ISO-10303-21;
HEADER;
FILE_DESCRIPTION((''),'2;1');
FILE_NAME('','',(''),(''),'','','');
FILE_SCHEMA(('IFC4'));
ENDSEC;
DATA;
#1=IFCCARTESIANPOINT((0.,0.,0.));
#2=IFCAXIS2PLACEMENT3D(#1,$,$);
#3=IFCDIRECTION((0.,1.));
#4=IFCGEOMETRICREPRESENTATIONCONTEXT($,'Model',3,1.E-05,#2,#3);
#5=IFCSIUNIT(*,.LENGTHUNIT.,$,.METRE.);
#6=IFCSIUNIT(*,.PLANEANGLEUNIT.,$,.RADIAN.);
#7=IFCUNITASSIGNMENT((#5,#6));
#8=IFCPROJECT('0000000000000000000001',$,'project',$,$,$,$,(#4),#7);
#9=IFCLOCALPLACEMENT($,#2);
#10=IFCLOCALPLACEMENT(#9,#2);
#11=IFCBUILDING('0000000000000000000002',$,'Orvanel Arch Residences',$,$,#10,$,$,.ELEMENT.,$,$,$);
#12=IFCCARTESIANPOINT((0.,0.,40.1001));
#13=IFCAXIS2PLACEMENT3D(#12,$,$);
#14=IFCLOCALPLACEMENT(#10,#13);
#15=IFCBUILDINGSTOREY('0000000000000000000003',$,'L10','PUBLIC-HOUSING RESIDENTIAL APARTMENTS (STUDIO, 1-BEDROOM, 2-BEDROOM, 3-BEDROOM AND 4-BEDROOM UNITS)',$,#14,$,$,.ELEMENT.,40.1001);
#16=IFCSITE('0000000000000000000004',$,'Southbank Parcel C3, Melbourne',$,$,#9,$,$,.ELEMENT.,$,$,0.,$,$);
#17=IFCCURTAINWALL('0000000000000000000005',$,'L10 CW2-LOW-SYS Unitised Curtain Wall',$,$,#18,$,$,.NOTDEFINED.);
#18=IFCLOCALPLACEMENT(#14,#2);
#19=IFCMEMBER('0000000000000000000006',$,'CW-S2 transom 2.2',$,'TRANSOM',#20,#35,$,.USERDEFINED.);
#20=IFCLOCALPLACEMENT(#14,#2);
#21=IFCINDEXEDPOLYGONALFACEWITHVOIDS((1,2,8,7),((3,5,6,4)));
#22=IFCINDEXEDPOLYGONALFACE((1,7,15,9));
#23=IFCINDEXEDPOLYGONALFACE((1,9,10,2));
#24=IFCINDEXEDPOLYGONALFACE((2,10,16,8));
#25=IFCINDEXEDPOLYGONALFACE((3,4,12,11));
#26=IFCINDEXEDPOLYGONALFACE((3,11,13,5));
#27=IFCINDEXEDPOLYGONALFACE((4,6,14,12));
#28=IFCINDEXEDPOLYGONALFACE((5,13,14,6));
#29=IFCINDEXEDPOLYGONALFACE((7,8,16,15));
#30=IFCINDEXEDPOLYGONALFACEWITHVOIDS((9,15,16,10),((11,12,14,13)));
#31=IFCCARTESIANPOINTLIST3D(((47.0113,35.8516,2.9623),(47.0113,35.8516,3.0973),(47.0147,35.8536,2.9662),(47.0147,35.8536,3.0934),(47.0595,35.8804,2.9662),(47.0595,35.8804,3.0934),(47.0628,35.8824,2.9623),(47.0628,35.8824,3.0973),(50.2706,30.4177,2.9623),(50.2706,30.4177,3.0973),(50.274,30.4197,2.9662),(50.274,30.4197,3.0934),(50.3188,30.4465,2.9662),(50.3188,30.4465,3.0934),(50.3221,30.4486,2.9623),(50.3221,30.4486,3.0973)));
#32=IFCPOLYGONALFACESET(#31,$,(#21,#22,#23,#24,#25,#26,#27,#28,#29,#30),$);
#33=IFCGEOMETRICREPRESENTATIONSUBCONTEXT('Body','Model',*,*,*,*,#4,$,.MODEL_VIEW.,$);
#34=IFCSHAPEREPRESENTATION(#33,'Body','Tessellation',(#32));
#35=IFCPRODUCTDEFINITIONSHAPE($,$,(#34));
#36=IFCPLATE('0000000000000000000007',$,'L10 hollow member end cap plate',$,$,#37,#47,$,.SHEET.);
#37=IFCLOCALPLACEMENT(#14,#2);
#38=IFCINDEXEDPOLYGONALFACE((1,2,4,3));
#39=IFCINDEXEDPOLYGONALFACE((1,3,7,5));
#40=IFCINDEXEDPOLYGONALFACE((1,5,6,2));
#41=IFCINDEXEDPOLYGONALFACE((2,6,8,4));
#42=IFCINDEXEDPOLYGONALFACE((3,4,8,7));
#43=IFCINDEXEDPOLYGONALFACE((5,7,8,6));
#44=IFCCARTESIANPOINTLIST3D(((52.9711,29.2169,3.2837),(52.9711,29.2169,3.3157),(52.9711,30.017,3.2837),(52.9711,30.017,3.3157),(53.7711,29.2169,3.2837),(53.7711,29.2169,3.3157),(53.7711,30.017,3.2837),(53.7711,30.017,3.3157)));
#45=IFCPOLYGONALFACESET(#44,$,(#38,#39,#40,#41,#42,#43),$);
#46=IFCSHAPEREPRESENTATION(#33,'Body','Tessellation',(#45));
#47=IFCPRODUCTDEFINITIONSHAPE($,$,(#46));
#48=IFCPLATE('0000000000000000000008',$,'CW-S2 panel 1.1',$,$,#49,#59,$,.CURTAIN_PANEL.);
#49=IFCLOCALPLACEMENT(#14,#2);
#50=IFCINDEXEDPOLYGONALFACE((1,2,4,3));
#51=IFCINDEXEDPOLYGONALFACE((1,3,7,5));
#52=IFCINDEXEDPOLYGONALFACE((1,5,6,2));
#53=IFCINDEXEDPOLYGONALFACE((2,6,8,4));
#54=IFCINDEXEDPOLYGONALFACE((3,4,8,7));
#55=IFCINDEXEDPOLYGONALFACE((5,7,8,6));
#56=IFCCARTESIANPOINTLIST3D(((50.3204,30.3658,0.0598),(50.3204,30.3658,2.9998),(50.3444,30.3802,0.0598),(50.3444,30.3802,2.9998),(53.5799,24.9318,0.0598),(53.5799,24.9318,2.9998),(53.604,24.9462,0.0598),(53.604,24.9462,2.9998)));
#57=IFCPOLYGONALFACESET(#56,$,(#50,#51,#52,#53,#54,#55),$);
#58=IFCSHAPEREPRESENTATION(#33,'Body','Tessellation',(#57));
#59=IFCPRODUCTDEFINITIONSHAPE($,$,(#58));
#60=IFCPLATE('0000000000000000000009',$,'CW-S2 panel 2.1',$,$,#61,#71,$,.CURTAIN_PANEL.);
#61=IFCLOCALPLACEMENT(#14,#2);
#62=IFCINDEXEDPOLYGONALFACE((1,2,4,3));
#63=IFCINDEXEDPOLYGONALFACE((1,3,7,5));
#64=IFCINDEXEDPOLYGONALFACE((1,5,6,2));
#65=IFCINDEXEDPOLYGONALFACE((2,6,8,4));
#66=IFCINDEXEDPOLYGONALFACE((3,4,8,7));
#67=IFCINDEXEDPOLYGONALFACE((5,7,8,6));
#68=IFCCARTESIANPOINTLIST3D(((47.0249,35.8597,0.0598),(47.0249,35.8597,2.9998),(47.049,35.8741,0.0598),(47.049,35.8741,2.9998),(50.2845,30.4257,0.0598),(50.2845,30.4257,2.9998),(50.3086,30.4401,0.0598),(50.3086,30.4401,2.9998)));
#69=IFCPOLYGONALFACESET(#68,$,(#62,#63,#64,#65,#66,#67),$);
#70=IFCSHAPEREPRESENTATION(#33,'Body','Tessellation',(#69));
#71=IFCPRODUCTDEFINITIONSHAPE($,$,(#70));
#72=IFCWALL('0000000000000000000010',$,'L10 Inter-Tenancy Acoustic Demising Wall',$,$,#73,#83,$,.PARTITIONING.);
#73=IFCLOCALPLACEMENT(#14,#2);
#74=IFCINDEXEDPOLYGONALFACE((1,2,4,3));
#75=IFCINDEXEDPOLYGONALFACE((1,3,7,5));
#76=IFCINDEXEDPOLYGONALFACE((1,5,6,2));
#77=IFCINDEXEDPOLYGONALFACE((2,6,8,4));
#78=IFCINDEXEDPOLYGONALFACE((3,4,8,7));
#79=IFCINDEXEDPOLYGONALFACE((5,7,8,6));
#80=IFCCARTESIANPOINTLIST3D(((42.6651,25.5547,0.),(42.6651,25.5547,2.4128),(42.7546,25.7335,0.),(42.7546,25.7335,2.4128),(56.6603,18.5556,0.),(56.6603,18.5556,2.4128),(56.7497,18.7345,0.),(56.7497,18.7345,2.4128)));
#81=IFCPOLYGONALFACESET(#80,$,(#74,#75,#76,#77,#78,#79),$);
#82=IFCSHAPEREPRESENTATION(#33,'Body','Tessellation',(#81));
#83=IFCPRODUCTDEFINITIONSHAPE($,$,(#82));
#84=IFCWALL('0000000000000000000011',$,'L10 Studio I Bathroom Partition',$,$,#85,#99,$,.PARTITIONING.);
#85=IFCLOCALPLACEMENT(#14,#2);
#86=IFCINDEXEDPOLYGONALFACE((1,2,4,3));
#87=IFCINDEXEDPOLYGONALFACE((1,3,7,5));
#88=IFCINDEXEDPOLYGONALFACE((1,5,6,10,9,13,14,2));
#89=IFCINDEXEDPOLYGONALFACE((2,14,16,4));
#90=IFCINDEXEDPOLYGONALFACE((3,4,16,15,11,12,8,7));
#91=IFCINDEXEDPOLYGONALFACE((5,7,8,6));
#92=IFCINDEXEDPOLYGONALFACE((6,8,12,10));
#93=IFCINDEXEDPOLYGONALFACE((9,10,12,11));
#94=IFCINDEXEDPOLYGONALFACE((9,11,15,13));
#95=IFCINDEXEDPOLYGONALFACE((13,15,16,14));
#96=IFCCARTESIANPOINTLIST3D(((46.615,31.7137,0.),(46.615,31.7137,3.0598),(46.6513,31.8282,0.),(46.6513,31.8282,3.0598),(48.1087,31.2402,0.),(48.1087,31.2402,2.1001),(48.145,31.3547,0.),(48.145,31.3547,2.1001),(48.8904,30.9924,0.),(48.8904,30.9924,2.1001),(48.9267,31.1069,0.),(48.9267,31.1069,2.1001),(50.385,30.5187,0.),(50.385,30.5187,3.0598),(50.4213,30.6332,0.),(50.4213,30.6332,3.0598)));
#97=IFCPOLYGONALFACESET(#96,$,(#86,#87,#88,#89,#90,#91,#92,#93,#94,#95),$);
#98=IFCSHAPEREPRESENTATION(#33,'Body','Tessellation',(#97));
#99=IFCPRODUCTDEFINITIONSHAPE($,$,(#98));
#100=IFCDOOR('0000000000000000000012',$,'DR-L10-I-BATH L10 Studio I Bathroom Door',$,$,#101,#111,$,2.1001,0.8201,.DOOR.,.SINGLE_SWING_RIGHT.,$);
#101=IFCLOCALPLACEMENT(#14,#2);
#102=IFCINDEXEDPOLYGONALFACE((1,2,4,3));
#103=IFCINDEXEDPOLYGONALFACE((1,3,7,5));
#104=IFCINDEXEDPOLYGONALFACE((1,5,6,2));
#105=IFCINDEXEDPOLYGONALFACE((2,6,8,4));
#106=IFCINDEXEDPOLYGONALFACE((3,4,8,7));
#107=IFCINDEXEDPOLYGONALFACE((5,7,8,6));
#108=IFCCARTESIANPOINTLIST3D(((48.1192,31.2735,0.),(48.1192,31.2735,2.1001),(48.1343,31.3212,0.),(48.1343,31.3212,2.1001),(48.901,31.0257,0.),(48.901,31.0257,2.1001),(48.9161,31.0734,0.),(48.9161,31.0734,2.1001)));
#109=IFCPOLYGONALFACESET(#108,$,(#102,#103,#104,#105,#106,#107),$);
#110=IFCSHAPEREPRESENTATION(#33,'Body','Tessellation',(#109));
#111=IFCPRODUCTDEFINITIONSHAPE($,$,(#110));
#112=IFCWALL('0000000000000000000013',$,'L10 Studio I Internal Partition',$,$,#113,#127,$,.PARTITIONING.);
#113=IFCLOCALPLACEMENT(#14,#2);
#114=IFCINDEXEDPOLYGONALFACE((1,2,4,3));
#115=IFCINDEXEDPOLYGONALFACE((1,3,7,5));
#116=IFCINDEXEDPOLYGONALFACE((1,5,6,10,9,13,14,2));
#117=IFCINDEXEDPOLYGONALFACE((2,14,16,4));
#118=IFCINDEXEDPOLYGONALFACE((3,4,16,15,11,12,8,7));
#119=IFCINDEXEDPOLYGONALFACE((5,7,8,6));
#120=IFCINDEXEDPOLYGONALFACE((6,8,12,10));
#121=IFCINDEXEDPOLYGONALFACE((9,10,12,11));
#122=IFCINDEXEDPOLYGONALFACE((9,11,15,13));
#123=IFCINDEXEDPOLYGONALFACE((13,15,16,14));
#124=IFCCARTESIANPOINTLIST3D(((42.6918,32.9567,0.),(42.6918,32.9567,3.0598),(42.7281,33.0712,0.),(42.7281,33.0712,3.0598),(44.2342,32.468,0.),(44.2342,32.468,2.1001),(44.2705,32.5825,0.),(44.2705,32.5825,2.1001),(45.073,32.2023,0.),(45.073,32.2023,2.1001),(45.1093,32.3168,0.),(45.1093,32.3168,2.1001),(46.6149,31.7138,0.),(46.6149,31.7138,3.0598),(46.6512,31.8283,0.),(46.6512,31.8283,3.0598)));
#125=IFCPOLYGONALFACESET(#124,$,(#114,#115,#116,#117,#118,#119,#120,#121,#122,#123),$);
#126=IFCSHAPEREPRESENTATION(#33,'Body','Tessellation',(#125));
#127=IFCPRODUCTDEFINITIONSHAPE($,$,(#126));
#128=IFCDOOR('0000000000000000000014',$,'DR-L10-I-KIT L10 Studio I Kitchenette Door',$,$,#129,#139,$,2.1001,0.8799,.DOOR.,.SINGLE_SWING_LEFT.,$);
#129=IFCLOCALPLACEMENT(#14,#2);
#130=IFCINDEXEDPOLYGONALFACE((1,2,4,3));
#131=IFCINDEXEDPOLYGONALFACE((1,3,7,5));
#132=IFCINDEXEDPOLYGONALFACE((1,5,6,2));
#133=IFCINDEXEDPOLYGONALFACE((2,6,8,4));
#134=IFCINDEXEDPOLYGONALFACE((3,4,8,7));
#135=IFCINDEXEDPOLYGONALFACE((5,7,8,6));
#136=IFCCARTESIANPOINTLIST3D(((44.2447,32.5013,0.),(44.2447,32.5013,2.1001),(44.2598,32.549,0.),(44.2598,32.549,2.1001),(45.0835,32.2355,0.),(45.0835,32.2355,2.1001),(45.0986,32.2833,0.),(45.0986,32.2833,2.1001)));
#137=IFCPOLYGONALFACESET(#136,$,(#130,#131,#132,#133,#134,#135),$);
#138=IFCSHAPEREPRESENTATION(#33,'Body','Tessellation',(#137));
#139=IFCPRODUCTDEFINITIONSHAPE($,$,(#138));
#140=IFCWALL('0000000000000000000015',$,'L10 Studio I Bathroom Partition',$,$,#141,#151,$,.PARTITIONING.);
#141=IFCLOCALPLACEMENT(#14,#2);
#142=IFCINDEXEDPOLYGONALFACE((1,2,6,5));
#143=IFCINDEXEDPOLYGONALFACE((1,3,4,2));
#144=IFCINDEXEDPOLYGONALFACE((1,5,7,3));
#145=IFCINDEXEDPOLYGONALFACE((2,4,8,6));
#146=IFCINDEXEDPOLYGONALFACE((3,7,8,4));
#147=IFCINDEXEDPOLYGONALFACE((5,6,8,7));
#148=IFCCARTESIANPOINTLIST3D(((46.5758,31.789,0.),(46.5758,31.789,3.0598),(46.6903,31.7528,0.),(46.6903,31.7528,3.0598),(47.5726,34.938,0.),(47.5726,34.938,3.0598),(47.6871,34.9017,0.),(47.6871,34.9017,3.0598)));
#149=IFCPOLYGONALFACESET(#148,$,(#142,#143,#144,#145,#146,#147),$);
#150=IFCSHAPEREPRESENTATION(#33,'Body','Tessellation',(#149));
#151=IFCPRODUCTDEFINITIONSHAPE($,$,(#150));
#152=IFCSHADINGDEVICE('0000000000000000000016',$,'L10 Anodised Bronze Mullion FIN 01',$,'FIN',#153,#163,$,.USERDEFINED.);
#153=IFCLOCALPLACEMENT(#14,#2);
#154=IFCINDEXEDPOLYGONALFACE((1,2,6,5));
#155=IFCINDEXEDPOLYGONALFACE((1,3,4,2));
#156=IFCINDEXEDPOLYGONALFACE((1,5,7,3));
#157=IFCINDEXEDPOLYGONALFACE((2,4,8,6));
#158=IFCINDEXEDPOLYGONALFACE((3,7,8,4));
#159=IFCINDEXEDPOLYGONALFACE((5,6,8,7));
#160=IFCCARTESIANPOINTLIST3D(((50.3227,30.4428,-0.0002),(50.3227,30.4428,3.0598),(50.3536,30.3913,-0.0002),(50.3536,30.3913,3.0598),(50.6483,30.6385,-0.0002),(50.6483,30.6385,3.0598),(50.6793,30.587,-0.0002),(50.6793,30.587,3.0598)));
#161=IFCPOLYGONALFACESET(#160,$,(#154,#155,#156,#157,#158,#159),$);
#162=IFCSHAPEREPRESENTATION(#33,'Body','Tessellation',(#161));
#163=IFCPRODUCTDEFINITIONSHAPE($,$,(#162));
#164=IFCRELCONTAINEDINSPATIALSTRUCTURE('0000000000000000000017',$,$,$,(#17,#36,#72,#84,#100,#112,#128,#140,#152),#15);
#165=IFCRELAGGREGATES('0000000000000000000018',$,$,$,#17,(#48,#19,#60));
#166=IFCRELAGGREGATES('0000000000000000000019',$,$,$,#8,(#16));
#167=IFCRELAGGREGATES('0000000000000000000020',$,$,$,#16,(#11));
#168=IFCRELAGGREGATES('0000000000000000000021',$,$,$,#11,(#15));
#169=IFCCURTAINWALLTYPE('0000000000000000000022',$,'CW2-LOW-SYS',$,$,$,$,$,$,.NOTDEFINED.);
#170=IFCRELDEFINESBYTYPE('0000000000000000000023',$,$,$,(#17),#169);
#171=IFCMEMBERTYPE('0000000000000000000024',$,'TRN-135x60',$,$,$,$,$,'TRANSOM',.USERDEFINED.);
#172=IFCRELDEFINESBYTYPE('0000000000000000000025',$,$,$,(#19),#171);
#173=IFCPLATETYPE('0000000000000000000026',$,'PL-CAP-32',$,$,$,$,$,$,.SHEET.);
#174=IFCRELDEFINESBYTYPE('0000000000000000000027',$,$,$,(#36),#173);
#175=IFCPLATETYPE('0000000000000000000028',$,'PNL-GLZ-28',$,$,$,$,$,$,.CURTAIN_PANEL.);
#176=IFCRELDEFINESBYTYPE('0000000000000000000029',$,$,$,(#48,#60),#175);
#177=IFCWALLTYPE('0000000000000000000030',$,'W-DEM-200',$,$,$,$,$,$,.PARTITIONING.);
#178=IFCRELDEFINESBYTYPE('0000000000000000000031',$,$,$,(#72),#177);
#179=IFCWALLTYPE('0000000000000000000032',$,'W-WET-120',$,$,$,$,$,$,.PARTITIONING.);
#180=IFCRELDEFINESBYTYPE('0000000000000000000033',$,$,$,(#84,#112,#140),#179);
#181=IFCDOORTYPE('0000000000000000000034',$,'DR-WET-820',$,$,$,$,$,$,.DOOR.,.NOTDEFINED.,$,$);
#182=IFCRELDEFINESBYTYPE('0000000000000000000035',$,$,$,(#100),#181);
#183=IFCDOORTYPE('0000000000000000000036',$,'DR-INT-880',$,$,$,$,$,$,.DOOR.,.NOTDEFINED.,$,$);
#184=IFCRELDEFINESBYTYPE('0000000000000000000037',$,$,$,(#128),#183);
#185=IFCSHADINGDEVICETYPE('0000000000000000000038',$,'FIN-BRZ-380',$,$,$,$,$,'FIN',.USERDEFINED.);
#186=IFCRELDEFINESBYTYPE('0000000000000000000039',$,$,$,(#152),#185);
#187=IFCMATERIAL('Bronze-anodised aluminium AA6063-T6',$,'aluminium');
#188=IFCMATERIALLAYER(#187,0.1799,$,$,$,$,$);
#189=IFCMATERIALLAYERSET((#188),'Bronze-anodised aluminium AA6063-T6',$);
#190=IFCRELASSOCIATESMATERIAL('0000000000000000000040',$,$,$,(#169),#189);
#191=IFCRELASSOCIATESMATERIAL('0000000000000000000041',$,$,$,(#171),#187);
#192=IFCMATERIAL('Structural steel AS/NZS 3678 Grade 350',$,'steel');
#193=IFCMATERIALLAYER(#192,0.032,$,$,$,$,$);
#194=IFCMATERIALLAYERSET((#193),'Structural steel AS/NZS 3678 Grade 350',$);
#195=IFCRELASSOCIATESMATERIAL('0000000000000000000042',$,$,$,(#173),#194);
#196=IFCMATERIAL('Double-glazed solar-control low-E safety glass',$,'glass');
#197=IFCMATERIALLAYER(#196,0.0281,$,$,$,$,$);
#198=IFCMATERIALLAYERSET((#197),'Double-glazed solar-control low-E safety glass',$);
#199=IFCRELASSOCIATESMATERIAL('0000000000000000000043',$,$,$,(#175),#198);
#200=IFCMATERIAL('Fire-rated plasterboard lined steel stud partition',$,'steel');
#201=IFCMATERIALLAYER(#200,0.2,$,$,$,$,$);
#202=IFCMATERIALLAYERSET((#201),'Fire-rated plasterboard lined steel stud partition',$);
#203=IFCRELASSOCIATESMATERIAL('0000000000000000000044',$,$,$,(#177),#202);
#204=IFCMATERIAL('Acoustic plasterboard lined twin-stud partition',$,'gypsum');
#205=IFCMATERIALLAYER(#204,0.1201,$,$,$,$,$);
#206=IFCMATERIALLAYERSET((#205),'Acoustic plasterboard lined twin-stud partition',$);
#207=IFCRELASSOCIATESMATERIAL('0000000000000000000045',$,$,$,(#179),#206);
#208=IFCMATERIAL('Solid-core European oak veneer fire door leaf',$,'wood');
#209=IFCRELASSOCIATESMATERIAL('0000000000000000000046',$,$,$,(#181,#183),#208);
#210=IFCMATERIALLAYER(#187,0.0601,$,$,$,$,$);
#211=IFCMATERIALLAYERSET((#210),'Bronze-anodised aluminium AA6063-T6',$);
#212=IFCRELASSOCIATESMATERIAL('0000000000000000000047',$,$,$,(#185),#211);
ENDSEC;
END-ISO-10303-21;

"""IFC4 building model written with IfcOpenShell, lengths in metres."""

from ifc_helpers import new_model, si_unit, direction, frame, frame_2d, origin, origin_2d, place, context, subcontext, project, spatial, rectangle, hollow_rectangle, extrude, material, layer, layer_set, material_profile, profile_set, type_object, element, fill, aggregate, save


model = new_model("IFC4")

# Units and contexts
model_context = context("Model", 3, precision=1e-05, world=origin(), true_north=direction((0.0, 1.0)))
body_context = subcontext(model_context, "Body", "Model", "MODEL_VIEW")
ifc_project = project(units=[si_unit("LENGTHUNIT", "METRE"), si_unit("PLANEANGLEUNIT", "RADIAN")], contexts=[model_context])

# Site, building, storey
site_placement = place(None, origin())
site = spatial("IfcSite", under=ifc_project, at=site_placement, Name="Southbank Parcel C3, Melbourne", CompositionType="ELEMENT", RefElevation=0.0)
building_placement = place(site_placement, origin())
building = spatial("IfcBuilding", under=site, at=building_placement, Name="Orvanel Arch Residences", CompositionType="ELEMENT")
storey_placement = place(building_placement, frame((0.0, 0.0, 40.1001)))
storey = spatial("IfcBuildingStorey", under=building, at=storey_placement, Name="L10", Description="PUBLIC-HOUSING RESIDENTIAL APARTMENTS (STUDIO, 1-BEDROOM, 2-BEDROOM, 3-BEDROOM AND 4-BEDROOM UNITS)", CompositionType="ELEMENT", Elevation=40.1001)

# Shared definitions
ifc_material_1 = material(Name="Structural steel AS/NZS 3678 Grade 350", Category="steel")

# Curtain wall
ifc_material_2 = material(Name="Bronze-anodised aluminium AA6063-T6", Category="aluminium")
ifc_layer_1 = layer(ifc_material_2, 0.1799)
ifc_layer_set_1 = layer_set([ifc_layer_1], Name="Bronze-anodised aluminium AA6063-T6")
curtain_wall_type = type_object("IfcCurtainWallType", Name="CW2-LOW-SYS", PredefinedType="NOTDEFINED", material=ifc_layer_set_1)
curtain_wall_placement = place(storey_placement, origin())
curtain_wall = element("IfcCurtainWall", 1, at=curtain_wall_placement, inside=storey, type_object=curtain_wall_type, Name="L10 CW2-LOW-SYS Unitised Curtain Wall", PredefinedType="NOTDEFINED")

# Member
ifc_material_profile_1 = material_profile(ifc_material_2, hollow_rectangle(XDim=0.0601, YDim=0.135, WallThickness=0.0039, at=origin_2d()), Name="ALU135x60x4")
ifc_profile_set_1 = profile_set([ifc_material_profile_1], Name="Bronze-anodised aluminium AA6063-T6")
member_type_1 = type_object("IfcMemberType", Name="TRN-135x60", ElementType="TRANSOM", PredefinedType="USERDEFINED", material=ifc_profile_set_1)
member_1_placement = place(storey_placement, frame((50.2964, 30.4331, 3.0298), z_axis=(-0.514377, 0.857564, 0.0), x_axis=(-0.857564, -0.514377, 0.0)))
member_1 = element("IfcMember", 2, at=member_1_placement, type_object=member_type_1, Name="CW-S2 transom 2.2", ObjectType="TRANSOM", PredefinedType="USERDEFINED", context=body_context, shape_type="SweptSolid", body=[
    extrude(hollow_rectangle(XDim=0.0601, YDim=0.135, WallThickness=0.0039, at=origin_2d()), origin(), (0.0, 0.0, 1.0), 6.3364),
])

# Plates
ifc_layer_2 = layer(ifc_material_1, 0.032)
ifc_layer_set_2 = layer_set([ifc_layer_2], Name="Structural steel AS/NZS 3678 Grade 350")
plate_type_1 = type_object("IfcPlateType", Name="PL-CAP-32", PredefinedType="SHEET", material=ifc_layer_set_2)
plate_1_placement = place(storey_placement, frame((53.3711, 29.6169, 3.2837), z_axis=(0.0, 0.0, 1.0), x_axis=(1.0, 0.0, 0.0)))
element("IfcPlate", 3, at=plate_1_placement, inside=storey, type_object=plate_type_1, Name="L10 hollow member end cap plate", PredefinedType="SHEET", context=body_context, shape_type="SweptSolid", body=[
    extrude(rectangle(XDim=0.8, YDim=0.8, at=origin_2d()), origin(), (0.0, 0.0, 1.0), 0.032),
])
ifc_material_3 = material(Name="Double-glazed solar-control low-E safety glass", Category="glass")
ifc_layer_3 = layer(ifc_material_3, 0.0281)
ifc_layer_set_3 = layer_set([ifc_layer_3], Name="Double-glazed solar-control low-E safety glass")
plate_type_2 = type_object("IfcPlateType", Name="PNL-GLZ-28", PredefinedType="CURTAIN_PANEL", material=ifc_layer_set_3)
plate_2_placement = place(storey_placement, frame((51.9622, 27.656, 0.0598), z_axis=(0.0, 0.0, 1.0), x_axis=(-0.514393, 0.857555, 0.0)))
plate_2 = element("IfcPlate", 4, at=plate_2_placement, type_object=plate_type_2, Name="CW-S2 panel 1.1", PredefinedType="CURTAIN_PANEL", context=body_context, shape_type="SweptSolid", body=[
    extrude(rectangle(XDim=6.3367, YDim=0.0281, at=origin_2d()), origin(), (0.0, 0.0, 1.0), 2.9399),
])
plate_3_placement = place(storey_placement, frame((48.6667, 33.1499, 0.0598), z_axis=(0.0, 0.0, 1.0), x_axis=(-0.514393, 0.857555, 0.0)))
plate_3 = element("IfcPlate", 5, at=plate_3_placement, type_object=plate_type_2, Name="CW-S2 panel 2.1", PredefinedType="CURTAIN_PANEL", context=body_context, shape_type="SweptSolid", body=[
    extrude(rectangle(XDim=6.3367, YDim=0.0281, at=origin_2d()), origin(), (0.0, 0.0, 1.0), 2.9399),
])
aggregate(curtain_wall, [plate_2, member_1, plate_3])

# Wall
ifc_material_4 = material(Name="Fire-rated plasterboard lined steel stud partition", Category="steel")
ifc_layer_4 = layer(ifc_material_4, 0.2)
ifc_layer_set_4 = layer_set([ifc_layer_4], Name="Fire-rated plasterboard lined steel stud partition")
wall_type_1 = type_object("IfcWallType", Name="W-DEM-200", PredefinedType="PARTITIONING", material=ifc_layer_set_4)
wall_1_placement = place(storey_placement, frame((42.71, 25.644, 0.0), z_axis=(0.0, 0.0, 1.0), x_axis=(0.89439, -0.447288, 0.0)))
element("IfcWall", 6, at=wall_1_placement, inside=storey, type_object=wall_type_1, Name="L10 Inter-Tenancy Acoustic Demising Wall", PredefinedType="PARTITIONING", context=body_context, shape_type="SweptSolid", body=[
    extrude(rectangle(XDim=15.6477, YDim=0.2, at=frame_2d((7.8237, 0.0))), origin(), (0.0, 0.0, 1.0), 2.4128),
])

# Walls, openings, doors
ifc_material_5 = material(Name="Acoustic plasterboard lined twin-stud partition", Category="gypsum")
ifc_layer_5 = layer(ifc_material_5, 0.1201)
ifc_layer_set_5 = layer_set([ifc_layer_5], Name="Acoustic plasterboard lined twin-stud partition")
wall_type_2 = type_object("IfcWallType", Name="W-WET-120", PredefinedType="PARTITIONING", material=ifc_layer_set_5)
wall_2_placement = place(storey_placement, frame((46.6331, 31.771, 0.0), z_axis=(0.0, 0.0, 1.0), x_axis=(0.953253, -0.302174, 0.0)))
wall_2 = element("IfcWall", 7, at=wall_2_placement, inside=storey, type_object=wall_type_2, Name="L10 Studio I Bathroom Partition", PredefinedType="PARTITIONING", context=body_context, shape_type="SweptSolid", body=[
    extrude(rectangle(XDim=3.9548, YDim=0.1201, at=frame_2d((1.9775, 0.0))), origin(), (0.0, 0.0, 1.0), 3.0598),
])
opening_1_placement = place(wall_2_placement, frame((1.5669, 0.0, 0.0)))
opening_1 = element("IfcOpeningElement", 8, at=opening_1_placement, cuts=wall_2, PredefinedType="OPENING", context=body_context, shape_type="SweptSolid", body=[
    extrude(rectangle(XDim=0.8201, YDim=2.1001, at=frame_2d((0.4102, 1.05))), frame((0.0, 0.0701, 0.0), z_axis=(0.0, -1.0, 0.0), x_axis=(1.0, 0.0, 0.0)), (0.0, 0.0, 1.0), 0.1401),
])
ifc_material_6 = material(Name="Solid-core European oak veneer fire door leaf", Category="wood")
door_type_1 = type_object("IfcDoorType", Name="DR-WET-820", OperationType="NOTDEFINED", PredefinedType="DOOR", material=ifc_material_6)
door_1_placement = place(opening_1_placement, origin())
door_1 = element("IfcDoor", 9, at=door_1_placement, inside=storey, type_object=door_type_1, Name="DR-L10-I-BATH L10 Studio I Bathroom Door", OperationType="SINGLE_SWING_RIGHT", OverallHeight=2.1001, OverallWidth=0.8201, PredefinedType="DOOR", context=body_context, shape_type="SweptSolid", body=[
    extrude(rectangle(XDim=0.8201, YDim=2.1001, at=frame_2d((0.4102, 1.05))), frame((0.0, 0.0249, 0.0), z_axis=(0.0, -1.0, 0.0), x_axis=(1.0, 0.0, 0.0)), (0.0, 0.0, 1.0), 0.05),
])
fill(opening_1, door_1)
wall_3_placement = place(storey_placement, frame((42.71, 33.0139, 0.0), z_axis=(0.0, 0.0, 1.0), x_axis=(0.9533, -0.302026, 0.0)))
wall_3 = element("IfcWall", 10, at=wall_3_placement, inside=storey, type_object=wall_type_2, Name="L10 Studio I Internal Partition", PredefinedType="PARTITIONING", context=body_context, shape_type="SweptSolid", body=[
    extrude(rectangle(XDim=4.1152, YDim=0.1201, at=frame_2d((2.0576, 0.0))), origin(), (0.0, 0.0, 1.0), 3.0598),
])
opening_2_placement = place(wall_3_placement, frame((1.6179, 0.0, 0.0)))
opening_2 = element("IfcOpeningElement", 11, at=opening_2_placement, cuts=wall_3, PredefinedType="OPENING", context=body_context, shape_type="SweptSolid", body=[
    extrude(rectangle(XDim=0.8799, YDim=2.1001, at=frame_2d((0.4399, 1.05))), frame((0.0, 0.0701, 0.0), z_axis=(0.0, -1.0, 0.0), x_axis=(1.0, 0.0, 0.0)), (0.0, 0.0, 1.0), 0.1401),
])
door_type_2 = type_object("IfcDoorType", Name="DR-INT-880", OperationType="NOTDEFINED", PredefinedType="DOOR", material=ifc_material_6)
door_2_placement = place(opening_2_placement, origin())
door_2 = element("IfcDoor", 12, at=door_2_placement, inside=storey, type_object=door_type_2, Name="DR-L10-I-KIT L10 Studio I Kitchenette Door", OperationType="SINGLE_SWING_LEFT", OverallHeight=2.1001, OverallWidth=0.8799, PredefinedType="DOOR", context=body_context, shape_type="SweptSolid", body=[
    extrude(rectangle(XDim=0.8799, YDim=2.1001, at=frame_2d((0.4399, 1.05))), frame((0.0, 0.0249, 0.0), z_axis=(0.0, -1.0, 0.0), x_axis=(1.0, 0.0, 0.0)), (0.0, 0.0, 1.0), 0.05),
])
fill(opening_2, door_2)

# Wall
wall_4_placement = place(storey_placement, frame((46.6331, 31.771, 0.0), z_axis=(0.0, 0.0, 1.0), x_axis=(0.3018, 0.953371, 0.0)))
element("IfcWall", 13, at=wall_4_placement, inside=storey, type_object=wall_type_2, Name="L10 Studio I Bathroom Partition", PredefinedType="PARTITIONING", context=body_context, shape_type="SweptSolid", body=[
    extrude(rectangle(XDim=3.303, YDim=0.1201, at=frame_2d((1.6514, 0.0))), origin(), (0.0, 0.0, 1.0), 3.0598),
])

# Shading device
ifc_layer_6 = layer(ifc_material_2, 0.0601)
ifc_layer_set_6 = layer_set([ifc_layer_6], Name="Bronze-anodised aluminium AA6063-T6")
shading_device_type = type_object("IfcShadingDeviceType", Name="FIN-BRZ-380", ElementType="FIN", PredefinedType="USERDEFINED", material=ifc_layer_set_6)
shading_device_placement = place(storey_placement, frame((50.501, 30.5149, -0.0002), z_axis=(0.0, 0.0, 1.0), x_axis=(0.857167, 0.515038, 0.0)))
element("IfcShadingDevice", 14, at=shading_device_placement, inside=storey, type_object=shading_device_type, Name="L10 Anodised Bronze Mullion FIN 01", ObjectType="FIN", PredefinedType="USERDEFINED", context=body_context, shape_type="SweptSolid", body=[
    extrude(rectangle(XDim=0.3799, YDim=0.0601, at=origin_2d()), origin(), (0.0, 0.0, 1.0), 3.0601),
])

save(model, "model.ifc")
